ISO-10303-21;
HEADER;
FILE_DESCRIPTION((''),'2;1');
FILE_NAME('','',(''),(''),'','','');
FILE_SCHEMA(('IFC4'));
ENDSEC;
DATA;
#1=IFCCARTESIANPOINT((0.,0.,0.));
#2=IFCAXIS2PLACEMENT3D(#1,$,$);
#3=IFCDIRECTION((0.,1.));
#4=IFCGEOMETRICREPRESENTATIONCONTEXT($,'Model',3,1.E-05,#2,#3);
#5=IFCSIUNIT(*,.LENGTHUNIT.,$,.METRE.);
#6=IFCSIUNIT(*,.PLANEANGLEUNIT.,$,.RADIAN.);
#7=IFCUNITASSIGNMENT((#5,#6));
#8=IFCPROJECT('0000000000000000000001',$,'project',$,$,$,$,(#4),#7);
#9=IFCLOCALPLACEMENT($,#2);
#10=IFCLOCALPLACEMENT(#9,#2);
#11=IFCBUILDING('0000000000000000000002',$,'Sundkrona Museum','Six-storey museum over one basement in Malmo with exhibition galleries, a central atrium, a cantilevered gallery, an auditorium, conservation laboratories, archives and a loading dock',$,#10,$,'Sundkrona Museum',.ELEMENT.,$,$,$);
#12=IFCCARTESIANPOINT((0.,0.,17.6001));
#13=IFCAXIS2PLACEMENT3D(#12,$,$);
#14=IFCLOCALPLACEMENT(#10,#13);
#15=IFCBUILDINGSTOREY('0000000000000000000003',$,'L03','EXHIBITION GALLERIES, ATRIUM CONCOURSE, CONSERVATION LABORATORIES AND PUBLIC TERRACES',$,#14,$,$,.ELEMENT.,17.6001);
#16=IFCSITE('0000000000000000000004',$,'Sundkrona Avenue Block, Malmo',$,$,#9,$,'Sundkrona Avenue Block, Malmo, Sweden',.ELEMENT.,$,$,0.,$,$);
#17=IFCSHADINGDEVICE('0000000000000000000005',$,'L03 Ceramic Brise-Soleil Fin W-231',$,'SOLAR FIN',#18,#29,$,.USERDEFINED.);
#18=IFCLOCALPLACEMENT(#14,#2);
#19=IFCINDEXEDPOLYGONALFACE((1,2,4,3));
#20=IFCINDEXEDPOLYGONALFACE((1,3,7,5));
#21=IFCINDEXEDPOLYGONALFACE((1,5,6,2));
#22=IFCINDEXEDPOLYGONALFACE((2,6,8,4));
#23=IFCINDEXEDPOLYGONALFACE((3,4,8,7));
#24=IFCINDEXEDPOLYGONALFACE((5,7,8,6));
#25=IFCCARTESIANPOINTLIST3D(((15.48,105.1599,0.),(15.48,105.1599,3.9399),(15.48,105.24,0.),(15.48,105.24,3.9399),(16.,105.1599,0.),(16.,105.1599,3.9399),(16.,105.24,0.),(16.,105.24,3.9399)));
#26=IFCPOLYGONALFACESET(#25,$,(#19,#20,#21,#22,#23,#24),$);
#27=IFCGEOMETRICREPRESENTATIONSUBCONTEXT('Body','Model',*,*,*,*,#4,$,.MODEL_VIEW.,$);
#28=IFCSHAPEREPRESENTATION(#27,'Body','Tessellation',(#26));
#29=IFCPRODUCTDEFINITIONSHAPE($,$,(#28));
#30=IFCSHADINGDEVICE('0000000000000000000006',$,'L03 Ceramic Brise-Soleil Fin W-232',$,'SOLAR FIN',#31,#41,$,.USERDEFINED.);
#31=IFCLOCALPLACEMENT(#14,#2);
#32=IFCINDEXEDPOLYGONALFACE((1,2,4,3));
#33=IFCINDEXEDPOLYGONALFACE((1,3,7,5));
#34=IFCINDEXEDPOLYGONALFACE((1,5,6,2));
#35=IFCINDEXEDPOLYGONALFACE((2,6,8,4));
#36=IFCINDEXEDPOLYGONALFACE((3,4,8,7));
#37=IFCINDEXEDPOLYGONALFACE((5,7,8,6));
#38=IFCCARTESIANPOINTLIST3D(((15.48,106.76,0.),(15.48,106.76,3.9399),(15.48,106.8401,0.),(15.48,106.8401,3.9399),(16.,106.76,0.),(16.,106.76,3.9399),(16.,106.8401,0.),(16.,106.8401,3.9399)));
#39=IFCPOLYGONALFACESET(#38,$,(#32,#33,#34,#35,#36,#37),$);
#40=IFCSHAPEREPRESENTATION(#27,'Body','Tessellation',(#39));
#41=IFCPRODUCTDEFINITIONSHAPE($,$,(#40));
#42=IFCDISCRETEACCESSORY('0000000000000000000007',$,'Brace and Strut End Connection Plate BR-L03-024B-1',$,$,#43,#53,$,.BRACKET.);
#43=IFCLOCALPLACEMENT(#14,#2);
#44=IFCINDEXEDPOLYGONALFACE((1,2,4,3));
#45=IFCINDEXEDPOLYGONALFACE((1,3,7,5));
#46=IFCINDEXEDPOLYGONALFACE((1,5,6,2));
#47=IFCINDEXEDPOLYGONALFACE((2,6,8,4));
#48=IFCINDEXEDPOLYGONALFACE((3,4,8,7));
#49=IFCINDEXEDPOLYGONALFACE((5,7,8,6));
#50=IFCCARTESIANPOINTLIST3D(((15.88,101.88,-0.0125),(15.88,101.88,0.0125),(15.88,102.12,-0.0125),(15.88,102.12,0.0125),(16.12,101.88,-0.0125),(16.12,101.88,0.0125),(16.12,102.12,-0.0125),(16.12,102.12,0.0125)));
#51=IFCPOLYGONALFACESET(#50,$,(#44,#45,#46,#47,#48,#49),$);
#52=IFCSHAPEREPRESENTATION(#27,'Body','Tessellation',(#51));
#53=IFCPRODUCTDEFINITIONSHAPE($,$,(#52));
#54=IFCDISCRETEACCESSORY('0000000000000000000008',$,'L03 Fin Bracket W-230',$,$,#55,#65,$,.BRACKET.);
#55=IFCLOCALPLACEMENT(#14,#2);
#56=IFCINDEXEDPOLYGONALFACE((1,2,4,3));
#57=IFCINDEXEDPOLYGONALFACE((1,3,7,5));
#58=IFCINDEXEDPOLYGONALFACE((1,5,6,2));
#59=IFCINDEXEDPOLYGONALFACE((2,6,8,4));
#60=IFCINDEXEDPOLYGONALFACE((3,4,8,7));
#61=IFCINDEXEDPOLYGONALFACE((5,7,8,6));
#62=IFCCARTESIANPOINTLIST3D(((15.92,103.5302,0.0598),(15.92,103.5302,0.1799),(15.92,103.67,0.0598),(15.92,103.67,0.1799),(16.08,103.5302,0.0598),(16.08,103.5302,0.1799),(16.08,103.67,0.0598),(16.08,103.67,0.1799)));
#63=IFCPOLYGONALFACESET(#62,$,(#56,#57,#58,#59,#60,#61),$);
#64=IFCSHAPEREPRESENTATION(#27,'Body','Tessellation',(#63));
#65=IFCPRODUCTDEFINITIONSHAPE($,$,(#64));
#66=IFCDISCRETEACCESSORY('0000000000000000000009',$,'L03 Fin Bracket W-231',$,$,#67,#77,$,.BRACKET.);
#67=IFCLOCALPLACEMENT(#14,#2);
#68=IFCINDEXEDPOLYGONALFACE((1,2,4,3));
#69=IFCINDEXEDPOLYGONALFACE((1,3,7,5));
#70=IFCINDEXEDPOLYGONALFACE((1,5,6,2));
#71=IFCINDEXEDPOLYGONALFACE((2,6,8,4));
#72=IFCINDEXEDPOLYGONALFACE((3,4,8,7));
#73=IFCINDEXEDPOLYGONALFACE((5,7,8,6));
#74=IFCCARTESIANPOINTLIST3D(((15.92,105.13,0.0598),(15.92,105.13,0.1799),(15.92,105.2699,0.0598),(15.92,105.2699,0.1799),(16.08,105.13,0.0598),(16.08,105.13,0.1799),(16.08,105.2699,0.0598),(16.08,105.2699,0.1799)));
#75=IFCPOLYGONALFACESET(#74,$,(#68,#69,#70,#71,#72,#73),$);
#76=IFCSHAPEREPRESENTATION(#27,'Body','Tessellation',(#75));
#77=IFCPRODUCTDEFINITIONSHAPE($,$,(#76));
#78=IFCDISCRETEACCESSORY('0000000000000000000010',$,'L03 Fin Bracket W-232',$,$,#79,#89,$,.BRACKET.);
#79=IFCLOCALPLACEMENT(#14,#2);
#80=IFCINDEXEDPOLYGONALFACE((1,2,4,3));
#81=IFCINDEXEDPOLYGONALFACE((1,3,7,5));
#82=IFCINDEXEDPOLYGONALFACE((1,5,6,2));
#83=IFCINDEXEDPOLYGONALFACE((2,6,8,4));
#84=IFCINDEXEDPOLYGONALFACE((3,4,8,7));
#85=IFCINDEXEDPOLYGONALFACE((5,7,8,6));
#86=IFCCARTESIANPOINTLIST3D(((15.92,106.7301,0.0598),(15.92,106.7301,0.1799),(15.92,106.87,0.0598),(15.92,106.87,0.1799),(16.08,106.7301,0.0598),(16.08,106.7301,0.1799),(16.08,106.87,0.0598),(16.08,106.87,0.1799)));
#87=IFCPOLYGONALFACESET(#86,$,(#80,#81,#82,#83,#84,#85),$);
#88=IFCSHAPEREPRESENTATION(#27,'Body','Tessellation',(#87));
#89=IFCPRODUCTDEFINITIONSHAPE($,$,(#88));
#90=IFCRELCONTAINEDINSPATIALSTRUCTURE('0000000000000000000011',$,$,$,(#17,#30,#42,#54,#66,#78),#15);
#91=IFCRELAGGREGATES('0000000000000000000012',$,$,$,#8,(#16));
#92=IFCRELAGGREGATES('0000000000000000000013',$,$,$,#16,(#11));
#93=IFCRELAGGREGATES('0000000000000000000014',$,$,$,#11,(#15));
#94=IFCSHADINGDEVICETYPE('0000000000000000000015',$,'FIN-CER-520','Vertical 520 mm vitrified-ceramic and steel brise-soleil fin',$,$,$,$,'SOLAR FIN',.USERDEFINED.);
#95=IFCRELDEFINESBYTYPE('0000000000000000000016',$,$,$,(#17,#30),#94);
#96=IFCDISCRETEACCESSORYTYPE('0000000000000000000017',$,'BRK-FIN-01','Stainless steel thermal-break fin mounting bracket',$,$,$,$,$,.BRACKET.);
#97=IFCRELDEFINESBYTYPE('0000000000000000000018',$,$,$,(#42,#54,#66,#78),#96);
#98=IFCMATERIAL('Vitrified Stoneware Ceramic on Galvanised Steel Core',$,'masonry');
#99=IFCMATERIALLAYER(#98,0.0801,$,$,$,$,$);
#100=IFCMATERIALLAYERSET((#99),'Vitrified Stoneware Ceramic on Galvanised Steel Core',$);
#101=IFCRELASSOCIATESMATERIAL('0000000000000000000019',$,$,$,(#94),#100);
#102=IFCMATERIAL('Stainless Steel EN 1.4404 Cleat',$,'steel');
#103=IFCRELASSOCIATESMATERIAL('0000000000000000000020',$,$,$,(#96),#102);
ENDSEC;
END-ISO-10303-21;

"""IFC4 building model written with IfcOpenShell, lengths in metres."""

from ifc_helpers import new_model, si_unit, direction, frame, origin, origin_2d, place, context, subcontext, project, spatial, rectangle, extrude, material, layer, layer_set, type_object, element, save


model = new_model("IFC4")

# Units and contexts
model_context = context("Model", 3, precision=1e-05, world=origin(), true_north=direction((0.0, 1.0)))
body_context = subcontext(model_context, "Body", "Model", "MODEL_VIEW")
ifc_project = project(units=[si_unit("LENGTHUNIT", "METRE"), si_unit("PLANEANGLEUNIT", "RADIAN")], contexts=[model_context])

# Site, building, storey
site_placement = place(None, origin())
site = spatial("IfcSite", under=ifc_project, at=site_placement, Name="Sundkrona Avenue Block, Malmo", LongName="Sundkrona Avenue Block, Malmo, Sweden", CompositionType="ELEMENT", RefElevation=0.0)
building_placement = place(site_placement, origin())
building = spatial("IfcBuilding", under=site, at=building_placement, Name="Sundkrona Museum", Description="Six-storey museum over one basement in Malmo with exhibition galleries, a central atrium, a cantilevered gallery, an auditorium, conservation laboratories, archives and a loading dock", LongName="Sundkrona Museum", CompositionType="ELEMENT")
storey_placement = place(building_placement, frame((0.0, 0.0, 17.6001)))
storey = spatial("IfcBuildingStorey", under=building, at=storey_placement, Name="L03", Description="EXHIBITION GALLERIES, ATRIUM CONCOURSE, CONSERVATION LABORATORIES AND PUBLIC TERRACES", CompositionType="ELEMENT", Elevation=17.6001)

# Shading devices
ifc_material_1 = material(Name="Vitrified Stoneware Ceramic on Galvanised Steel Core", Category="masonry")
ifc_layer_1 = layer(ifc_material_1, 0.0801)
ifc_layer_set_1 = layer_set([ifc_layer_1], Name="Vitrified Stoneware Ceramic on Galvanised Steel Core")
shading_device_type = type_object("IfcShadingDeviceType", Name="FIN-CER-520", Description="Vertical 520 mm vitrified-ceramic and steel brise-soleil fin", ElementType="SOLAR FIN", PredefinedType="USERDEFINED", material=ifc_layer_set_1)
for number, where, z_axis, x_axis, name in (
    (1, (15.74, 105.2, 0.0), (0.0, 0.0, 1.0), (1.0, 0.0, 0.0), "L03 Ceramic Brise-Soleil Fin W-231"),
    (2, (15.74, 106.8, 0.0), (0.0, 0.0, 1.0), (1.0, 0.0, 0.0), "L03 Ceramic Brise-Soleil Fin W-232"),
):
    element("IfcShadingDevice", number, at=place(storey_placement, frame(where, z_axis=z_axis, x_axis=x_axis)), inside=storey, type_object=shading_device_type, Name=name, ObjectType="SOLAR FIN", PredefinedType="USERDEFINED", context=body_context, shape_type="SweptSolid", body=[
        extrude(rectangle(XDim=0.52, YDim=0.0801, at=origin_2d()), origin(), (0.0, 0.0, 1.0), 3.9399),
    ])

# Discrete accessories
ifc_material_2 = material(Name="Stainless Steel EN 1.4404 Cleat", Category="steel")
discrete_accessory_type = type_object("IfcDiscreteAccessoryType", Name="BRK-FIN-01", Description="Stainless steel thermal-break fin mounting bracket", PredefinedType="BRACKET", material=ifc_material_2)
discrete_accessory_placement = place(storey_placement, frame((16.0, 102.0, -0.0125), z_axis=(0.0, 0.0, 1.0), x_axis=(1.0, 0.0, 0.0)))
element("IfcDiscreteAccessory", 3, at=discrete_accessory_placement, inside=storey, type_object=discrete_accessory_type, Name="Brace and Strut End Connection Plate BR-L03-024B-1", PredefinedType="BRACKET", context=body_context, shape_type="SweptSolid", body=[
    extrude(rectangle(XDim=0.24, YDim=0.24, at=origin_2d()), origin(), (0.0, 0.0, 1.0), 0.0249),
])
for number, where, z_axis, x_axis, name in (
    (4, (16.0, 103.6001, 0.0598), (0.0, 0.0, 1.0), (1.0, 0.0, 0.0), "L03 Fin Bracket W-230"),
    (5, (16.0, 105.2, 0.0598), (0.0, 0.0, 1.0), (1.0, 0.0, 0.0), "L03 Fin Bracket W-231"),
    (6, (16.0, 106.8, 0.0598), (0.0, 0.0, 1.0), (1.0, 0.0, 0.0), "L03 Fin Bracket W-232"),
):
    element("IfcDiscreteAccessory", number, at=place(storey_placement, frame(where, z_axis=z_axis, x_axis=x_axis)), inside=storey, type_object=discrete_accessory_type, Name=name, PredefinedType="BRACKET", context=body_context, shape_type="SweptSolid", body=[
        extrude(rectangle(XDim=0.1599, YDim=0.1399, at=origin_2d()), origin(), (0.0, 0.0, 1.0), 0.1201),
    ])

save(model, "model.ifc")
